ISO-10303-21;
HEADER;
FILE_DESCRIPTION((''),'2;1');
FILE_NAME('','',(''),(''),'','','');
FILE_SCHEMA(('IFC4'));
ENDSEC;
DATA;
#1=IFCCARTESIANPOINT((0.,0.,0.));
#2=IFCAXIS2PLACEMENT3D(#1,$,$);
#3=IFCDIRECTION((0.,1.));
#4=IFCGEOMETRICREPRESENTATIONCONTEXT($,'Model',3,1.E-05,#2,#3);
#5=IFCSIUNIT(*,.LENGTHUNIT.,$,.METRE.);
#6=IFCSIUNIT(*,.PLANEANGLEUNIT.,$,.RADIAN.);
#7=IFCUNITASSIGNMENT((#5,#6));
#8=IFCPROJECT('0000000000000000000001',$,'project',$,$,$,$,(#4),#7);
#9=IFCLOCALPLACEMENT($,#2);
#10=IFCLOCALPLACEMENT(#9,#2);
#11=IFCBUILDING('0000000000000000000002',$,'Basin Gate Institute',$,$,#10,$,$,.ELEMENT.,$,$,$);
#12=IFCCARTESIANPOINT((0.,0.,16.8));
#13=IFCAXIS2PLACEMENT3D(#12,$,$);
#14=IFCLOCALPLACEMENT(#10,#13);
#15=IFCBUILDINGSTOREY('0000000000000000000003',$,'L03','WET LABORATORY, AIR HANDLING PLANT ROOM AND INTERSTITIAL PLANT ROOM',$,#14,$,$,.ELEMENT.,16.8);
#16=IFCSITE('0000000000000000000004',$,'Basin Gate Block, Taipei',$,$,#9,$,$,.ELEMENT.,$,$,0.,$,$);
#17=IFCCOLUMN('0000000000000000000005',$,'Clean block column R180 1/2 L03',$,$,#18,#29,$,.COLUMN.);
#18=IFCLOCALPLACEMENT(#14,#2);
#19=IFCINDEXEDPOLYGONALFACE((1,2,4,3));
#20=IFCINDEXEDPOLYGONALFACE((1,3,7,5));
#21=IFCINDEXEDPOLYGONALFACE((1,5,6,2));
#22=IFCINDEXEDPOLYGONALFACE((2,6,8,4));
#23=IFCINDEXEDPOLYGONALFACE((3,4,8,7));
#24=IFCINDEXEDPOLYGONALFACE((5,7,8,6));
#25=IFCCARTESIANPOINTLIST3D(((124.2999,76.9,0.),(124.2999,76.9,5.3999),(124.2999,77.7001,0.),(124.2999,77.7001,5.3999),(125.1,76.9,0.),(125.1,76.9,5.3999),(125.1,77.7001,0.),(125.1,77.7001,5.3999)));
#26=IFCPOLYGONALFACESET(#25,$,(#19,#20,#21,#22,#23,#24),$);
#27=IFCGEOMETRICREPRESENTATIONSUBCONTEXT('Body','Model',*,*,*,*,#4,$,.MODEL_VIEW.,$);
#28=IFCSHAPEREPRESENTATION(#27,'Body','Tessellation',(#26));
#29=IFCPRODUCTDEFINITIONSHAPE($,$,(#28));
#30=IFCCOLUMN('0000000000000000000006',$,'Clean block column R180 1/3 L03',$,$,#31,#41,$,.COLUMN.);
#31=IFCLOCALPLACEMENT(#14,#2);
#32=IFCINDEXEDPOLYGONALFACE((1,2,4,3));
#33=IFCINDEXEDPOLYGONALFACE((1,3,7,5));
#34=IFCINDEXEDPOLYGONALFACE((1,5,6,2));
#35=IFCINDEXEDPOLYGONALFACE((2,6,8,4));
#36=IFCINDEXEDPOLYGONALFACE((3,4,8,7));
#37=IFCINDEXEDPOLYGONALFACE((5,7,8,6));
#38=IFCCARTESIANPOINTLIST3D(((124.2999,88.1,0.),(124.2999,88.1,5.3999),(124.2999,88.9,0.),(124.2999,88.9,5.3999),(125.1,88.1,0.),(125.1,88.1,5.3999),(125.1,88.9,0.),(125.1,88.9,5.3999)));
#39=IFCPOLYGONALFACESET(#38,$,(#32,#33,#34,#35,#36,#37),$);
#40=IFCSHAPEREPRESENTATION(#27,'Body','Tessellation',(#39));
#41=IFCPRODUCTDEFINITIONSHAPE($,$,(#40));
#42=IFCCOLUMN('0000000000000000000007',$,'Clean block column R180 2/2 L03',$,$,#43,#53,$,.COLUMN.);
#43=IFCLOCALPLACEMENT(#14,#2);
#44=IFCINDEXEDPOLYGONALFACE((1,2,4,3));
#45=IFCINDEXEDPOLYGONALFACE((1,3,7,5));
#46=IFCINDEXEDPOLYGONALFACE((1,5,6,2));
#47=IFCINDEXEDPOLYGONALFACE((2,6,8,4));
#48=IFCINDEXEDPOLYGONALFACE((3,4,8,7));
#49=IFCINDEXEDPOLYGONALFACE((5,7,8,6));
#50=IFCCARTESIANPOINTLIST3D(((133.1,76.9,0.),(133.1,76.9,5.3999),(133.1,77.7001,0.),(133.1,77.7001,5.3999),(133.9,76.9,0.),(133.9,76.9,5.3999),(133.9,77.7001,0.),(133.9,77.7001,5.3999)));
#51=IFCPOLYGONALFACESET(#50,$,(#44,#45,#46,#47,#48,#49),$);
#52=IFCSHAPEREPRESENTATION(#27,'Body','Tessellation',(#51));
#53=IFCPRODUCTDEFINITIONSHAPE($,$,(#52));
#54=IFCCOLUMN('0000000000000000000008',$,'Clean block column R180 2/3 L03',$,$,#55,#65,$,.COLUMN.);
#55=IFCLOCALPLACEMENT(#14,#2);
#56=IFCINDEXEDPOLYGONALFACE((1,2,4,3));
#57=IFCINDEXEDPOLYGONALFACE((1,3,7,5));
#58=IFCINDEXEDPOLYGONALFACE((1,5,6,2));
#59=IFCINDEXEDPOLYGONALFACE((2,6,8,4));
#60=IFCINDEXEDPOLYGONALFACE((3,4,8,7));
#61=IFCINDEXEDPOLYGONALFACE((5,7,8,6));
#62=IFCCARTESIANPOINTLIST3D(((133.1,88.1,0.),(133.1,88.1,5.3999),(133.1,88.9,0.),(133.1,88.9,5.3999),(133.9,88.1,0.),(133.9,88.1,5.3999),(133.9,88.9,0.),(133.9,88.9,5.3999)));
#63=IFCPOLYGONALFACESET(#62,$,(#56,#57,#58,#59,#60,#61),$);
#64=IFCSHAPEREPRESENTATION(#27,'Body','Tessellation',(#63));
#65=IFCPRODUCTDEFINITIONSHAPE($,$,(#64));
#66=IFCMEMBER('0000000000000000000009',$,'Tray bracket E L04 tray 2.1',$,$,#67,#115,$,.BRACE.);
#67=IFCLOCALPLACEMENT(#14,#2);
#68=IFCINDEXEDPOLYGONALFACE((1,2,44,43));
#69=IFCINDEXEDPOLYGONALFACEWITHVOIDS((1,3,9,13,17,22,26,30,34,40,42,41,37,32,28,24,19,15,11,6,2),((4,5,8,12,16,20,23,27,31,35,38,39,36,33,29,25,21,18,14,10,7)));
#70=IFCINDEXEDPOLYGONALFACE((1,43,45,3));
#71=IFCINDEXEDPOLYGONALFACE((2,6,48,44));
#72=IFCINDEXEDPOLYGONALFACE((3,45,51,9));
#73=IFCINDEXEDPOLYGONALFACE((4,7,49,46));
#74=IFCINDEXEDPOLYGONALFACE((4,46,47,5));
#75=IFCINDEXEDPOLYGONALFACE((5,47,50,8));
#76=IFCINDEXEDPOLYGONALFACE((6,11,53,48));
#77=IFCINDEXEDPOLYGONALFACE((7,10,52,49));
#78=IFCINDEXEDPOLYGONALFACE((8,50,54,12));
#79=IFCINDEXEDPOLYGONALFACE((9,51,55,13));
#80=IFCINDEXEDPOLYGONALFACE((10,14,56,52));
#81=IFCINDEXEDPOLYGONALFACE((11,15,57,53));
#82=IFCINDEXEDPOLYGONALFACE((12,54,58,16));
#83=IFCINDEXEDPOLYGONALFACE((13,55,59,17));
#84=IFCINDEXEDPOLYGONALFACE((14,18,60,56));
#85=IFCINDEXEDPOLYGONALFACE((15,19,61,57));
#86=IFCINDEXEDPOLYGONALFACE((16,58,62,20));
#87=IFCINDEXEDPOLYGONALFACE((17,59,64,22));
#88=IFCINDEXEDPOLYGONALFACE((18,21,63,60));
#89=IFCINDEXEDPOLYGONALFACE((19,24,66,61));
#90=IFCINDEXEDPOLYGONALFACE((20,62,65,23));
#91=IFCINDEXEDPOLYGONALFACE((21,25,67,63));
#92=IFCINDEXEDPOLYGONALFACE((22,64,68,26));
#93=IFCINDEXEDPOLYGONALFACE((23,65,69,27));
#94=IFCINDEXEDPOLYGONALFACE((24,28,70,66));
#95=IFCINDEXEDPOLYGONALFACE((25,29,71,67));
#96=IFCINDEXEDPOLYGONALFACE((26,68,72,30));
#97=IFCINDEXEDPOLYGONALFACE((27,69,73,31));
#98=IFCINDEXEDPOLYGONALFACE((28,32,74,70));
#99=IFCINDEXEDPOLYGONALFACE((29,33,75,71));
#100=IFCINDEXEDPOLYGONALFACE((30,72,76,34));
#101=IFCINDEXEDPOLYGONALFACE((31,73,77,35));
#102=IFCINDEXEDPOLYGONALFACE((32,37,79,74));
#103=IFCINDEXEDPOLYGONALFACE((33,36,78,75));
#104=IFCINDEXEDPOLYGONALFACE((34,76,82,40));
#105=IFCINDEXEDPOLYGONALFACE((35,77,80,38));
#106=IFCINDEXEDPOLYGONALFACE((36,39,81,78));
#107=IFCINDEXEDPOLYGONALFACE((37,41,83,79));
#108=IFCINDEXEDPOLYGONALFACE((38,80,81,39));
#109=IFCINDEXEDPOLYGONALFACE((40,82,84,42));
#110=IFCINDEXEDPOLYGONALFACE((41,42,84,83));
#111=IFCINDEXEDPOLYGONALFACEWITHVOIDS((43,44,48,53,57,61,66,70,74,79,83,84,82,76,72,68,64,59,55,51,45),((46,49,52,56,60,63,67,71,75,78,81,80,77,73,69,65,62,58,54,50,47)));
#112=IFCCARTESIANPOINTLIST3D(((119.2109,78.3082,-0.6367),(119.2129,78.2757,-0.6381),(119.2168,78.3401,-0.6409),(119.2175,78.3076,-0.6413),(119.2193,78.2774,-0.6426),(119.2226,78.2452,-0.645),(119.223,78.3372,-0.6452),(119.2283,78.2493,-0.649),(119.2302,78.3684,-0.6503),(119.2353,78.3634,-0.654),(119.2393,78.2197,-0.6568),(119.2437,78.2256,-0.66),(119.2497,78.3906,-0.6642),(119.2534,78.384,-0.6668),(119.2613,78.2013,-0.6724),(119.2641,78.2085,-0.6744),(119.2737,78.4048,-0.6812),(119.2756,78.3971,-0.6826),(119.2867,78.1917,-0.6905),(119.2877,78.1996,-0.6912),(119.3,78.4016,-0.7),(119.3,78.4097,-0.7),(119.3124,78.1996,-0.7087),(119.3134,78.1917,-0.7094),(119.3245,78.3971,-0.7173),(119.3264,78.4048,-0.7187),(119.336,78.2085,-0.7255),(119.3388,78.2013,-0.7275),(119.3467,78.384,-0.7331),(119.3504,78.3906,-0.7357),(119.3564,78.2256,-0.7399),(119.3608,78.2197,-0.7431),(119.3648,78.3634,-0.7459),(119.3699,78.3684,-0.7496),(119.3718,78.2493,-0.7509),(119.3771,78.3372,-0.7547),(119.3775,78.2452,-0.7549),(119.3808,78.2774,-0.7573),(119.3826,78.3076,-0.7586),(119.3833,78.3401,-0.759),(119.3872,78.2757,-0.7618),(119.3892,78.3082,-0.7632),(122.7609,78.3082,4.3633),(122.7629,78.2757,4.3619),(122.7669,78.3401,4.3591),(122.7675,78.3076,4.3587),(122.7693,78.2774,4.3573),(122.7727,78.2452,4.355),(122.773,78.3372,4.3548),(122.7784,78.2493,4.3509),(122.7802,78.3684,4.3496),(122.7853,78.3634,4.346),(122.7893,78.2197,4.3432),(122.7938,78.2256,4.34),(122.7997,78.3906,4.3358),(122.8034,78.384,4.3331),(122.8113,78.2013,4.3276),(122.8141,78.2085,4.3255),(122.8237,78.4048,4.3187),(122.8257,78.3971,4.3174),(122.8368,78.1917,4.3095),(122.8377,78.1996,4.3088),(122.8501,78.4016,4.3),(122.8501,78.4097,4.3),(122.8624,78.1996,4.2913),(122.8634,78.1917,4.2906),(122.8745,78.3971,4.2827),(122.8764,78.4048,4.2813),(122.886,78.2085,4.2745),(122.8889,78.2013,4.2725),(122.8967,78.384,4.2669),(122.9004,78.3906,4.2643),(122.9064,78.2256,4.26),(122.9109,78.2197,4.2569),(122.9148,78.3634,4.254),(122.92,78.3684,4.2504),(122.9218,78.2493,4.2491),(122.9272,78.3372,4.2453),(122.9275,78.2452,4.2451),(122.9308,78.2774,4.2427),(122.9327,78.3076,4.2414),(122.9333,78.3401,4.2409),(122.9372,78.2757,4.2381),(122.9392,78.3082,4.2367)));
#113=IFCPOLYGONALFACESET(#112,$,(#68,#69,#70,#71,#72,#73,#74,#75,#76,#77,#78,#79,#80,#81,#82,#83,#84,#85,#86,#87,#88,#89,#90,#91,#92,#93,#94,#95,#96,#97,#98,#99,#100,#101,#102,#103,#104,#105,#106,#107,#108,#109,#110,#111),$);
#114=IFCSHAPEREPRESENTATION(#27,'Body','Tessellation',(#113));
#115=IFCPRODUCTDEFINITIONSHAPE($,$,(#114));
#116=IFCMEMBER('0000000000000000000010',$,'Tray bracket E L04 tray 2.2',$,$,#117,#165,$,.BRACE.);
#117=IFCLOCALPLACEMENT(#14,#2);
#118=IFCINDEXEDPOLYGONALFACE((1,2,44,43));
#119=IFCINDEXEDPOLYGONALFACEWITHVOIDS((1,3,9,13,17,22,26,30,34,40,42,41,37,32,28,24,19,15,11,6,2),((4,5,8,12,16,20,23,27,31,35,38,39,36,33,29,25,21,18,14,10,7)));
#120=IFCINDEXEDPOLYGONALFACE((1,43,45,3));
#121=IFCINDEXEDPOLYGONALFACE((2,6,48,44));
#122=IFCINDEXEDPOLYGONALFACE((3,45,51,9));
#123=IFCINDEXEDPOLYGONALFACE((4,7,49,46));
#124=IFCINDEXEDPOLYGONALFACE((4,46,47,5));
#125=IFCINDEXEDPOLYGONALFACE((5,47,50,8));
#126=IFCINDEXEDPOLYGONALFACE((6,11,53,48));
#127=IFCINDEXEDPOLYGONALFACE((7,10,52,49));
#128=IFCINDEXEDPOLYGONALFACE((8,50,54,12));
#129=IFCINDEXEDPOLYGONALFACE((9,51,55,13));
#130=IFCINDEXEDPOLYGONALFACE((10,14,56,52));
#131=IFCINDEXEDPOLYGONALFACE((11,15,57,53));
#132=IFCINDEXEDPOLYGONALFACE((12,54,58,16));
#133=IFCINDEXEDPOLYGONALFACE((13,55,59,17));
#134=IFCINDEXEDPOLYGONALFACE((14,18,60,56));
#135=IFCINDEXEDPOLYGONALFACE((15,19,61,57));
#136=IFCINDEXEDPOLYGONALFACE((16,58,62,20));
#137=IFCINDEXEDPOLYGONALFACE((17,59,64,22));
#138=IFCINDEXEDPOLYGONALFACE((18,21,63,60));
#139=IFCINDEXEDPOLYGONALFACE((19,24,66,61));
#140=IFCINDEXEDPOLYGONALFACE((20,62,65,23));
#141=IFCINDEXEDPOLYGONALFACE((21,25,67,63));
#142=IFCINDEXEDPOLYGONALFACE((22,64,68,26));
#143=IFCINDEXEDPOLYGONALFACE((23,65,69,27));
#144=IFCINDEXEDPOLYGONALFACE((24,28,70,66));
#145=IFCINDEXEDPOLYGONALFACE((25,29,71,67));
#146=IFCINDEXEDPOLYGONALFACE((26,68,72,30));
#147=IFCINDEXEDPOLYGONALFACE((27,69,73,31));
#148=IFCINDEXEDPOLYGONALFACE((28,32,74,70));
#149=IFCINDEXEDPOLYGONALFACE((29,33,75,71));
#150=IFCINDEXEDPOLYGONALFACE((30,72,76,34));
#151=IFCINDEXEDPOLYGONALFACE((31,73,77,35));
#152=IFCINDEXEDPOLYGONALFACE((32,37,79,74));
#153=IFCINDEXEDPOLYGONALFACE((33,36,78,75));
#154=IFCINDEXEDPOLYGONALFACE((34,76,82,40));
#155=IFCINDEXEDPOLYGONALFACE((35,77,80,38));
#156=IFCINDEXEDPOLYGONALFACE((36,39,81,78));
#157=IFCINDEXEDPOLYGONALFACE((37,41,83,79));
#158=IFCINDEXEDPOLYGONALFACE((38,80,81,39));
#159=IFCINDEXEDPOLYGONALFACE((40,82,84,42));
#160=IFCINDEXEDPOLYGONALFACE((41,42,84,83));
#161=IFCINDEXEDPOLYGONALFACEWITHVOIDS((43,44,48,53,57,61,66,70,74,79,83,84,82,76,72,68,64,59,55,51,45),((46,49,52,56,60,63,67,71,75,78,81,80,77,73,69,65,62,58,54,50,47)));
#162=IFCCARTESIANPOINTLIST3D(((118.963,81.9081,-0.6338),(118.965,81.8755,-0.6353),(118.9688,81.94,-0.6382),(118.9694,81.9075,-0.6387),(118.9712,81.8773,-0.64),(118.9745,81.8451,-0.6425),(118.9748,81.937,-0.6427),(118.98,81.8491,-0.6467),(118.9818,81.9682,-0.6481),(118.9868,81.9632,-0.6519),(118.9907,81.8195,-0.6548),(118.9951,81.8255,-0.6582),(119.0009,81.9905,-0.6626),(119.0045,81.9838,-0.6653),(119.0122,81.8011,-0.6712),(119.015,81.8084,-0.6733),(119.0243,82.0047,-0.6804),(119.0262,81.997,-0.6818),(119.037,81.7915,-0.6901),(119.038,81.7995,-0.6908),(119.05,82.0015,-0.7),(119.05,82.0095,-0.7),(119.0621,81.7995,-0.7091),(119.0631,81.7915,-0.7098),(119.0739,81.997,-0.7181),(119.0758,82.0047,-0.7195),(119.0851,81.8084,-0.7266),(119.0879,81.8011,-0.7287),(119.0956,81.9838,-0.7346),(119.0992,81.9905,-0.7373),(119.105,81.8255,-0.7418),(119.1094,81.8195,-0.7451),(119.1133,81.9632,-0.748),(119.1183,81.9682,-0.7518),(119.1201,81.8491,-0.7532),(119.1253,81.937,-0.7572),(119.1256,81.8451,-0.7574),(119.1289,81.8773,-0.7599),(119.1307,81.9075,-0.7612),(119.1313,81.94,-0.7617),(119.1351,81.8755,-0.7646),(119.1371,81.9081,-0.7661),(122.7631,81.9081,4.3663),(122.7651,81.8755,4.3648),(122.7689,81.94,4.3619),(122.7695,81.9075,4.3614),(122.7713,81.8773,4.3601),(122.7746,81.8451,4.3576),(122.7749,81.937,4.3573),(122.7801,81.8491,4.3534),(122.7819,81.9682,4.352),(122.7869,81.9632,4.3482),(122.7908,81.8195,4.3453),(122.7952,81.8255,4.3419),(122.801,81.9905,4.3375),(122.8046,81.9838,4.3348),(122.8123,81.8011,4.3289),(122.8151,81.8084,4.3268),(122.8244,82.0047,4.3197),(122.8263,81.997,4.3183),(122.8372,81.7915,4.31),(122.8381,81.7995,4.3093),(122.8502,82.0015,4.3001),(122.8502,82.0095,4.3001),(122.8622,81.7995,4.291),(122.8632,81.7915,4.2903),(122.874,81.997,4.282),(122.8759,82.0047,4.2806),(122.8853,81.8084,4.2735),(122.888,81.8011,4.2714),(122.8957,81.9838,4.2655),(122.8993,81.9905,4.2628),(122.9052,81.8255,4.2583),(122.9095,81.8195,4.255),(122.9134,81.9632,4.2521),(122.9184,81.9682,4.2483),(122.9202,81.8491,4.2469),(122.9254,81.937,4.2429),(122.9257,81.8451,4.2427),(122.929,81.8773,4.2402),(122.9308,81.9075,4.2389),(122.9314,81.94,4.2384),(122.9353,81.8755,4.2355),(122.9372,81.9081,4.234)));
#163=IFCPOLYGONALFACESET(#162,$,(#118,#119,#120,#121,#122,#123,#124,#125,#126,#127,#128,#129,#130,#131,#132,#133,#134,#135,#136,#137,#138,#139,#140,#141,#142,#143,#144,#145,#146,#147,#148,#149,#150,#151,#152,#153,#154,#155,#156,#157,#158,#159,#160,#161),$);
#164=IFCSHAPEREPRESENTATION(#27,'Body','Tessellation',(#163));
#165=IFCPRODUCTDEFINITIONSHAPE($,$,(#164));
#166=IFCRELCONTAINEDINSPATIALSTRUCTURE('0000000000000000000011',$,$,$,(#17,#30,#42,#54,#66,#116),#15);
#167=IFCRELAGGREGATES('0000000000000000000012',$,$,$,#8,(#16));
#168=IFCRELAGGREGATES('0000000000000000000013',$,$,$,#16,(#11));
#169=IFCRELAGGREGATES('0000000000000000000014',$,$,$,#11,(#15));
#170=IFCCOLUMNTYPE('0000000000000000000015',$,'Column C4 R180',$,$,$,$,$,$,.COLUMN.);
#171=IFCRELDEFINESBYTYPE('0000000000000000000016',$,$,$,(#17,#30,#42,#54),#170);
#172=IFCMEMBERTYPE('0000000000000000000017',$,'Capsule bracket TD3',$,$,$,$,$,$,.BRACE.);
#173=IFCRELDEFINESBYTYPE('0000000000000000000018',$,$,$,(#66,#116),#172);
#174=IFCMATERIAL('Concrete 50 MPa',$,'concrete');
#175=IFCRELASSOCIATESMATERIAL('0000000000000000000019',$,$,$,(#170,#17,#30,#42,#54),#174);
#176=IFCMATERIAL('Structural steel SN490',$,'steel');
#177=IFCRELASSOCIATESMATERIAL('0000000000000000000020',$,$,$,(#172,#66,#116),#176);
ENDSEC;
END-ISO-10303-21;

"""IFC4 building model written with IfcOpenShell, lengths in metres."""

from ifc_helpers import new_model, si_unit, direction, frame, origin, origin_2d, place, context, subcontext, project, spatial, rectangle, hollow_circle, extrude, material, material_profile, profile_set, type_object, element, save


model = new_model("IFC4")

# Units and contexts
model_context = context("Model", 3, precision=1e-05, world=origin(), true_north=direction((0.0, 1.0)))
body_context = subcontext(model_context, "Body", "Model", "MODEL_VIEW")
ifc_project = project(units=[si_unit("LENGTHUNIT", "METRE"), si_unit("PLANEANGLEUNIT", "RADIAN")], contexts=[model_context])

# Site, building, storey
site_placement = place(None, origin())
site = spatial("IfcSite", under=ifc_project, at=site_placement, Name="Basin Gate Block, Taipei", CompositionType="ELEMENT", RefElevation=0.0)
building_placement = place(site_placement, origin())
building = spatial("IfcBuilding", under=site, at=building_placement, Name="Basin Gate Institute", CompositionType="ELEMENT")
storey_placement = place(building_placement, frame((0.0, 0.0, 16.8)))
storey = spatial("IfcBuildingStorey", under=building, at=storey_placement, Name="L03", Description="WET LABORATORY, AIR HANDLING PLANT ROOM AND INTERSTITIAL PLANT ROOM", CompositionType="ELEMENT", Elevation=16.8)

# Columns
ifc_material_1 = material(Name="Concrete 50 MPa", Category="concrete")
ifc_material_profile_1 = material_profile(ifc_material_1, rectangle(XDim=0.8, YDim=0.8, at=origin_2d()), Name="Column C4 800 x 800")
ifc_profile_set_1 = profile_set([ifc_material_profile_1], Name="Concrete 50 MPa")
column_type = type_object("IfcColumnType", Name="Column C4 R180", PredefinedType="COLUMN", material=ifc_profile_set_1)
for number, where, z_axis, x_axis, name in (
    (1, (124.7, 77.3, 0.0), (0.0, 0.0, 1.0), (1.0, 0.0, 0.0), "Clean block column R180 1/2 L03"),
    (2, (124.7, 88.5, 0.0), (0.0, 0.0, 1.0), (1.0, 0.0, 0.0), "Clean block column R180 1/3 L03"),
    (3, (133.5, 77.3, 0.0), (0.0, 0.0, 1.0), (1.0, 0.0, 0.0), "Clean block column R180 2/2 L03"),
    (4, (133.5, 88.5, 0.0), (0.0, 0.0, 1.0), (1.0, 0.0, 0.0), "Clean block column R180 2/3 L03"),
):
    element("IfcColumn", number, at=place(storey_placement, frame(where, z_axis=z_axis, x_axis=x_axis)), inside=storey, type_object=column_type, material=ifc_profile_set_1, Name=name, PredefinedType="COLUMN", context=body_context, shape_type="SweptSolid", body=[
        extrude(rectangle(XDim=0.8, YDim=0.8, at=origin_2d()), origin(), (0.0, 0.0, 1.0), 5.3999),
    ])

# Members
ifc_material_2 = material(Name="Structural steel SN490", Category="steel")
ifc_material_profile_2 = material_profile(ifc_material_2, hollow_circle(Radius=0.1096, WallThickness=0.0081, at=origin_2d()), Name="CHS219x8")
ifc_profile_set_2 = profile_set([ifc_material_profile_2], Name="Structural steel SN490")
member_type_1 = type_object("IfcMemberType", Name="Capsule bracket TD3", PredefinedType="BRACE", material=ifc_profile_set_2)
member_placement = place(storey_placement, frame((119.3, 78.3, -0.7), z_axis=(0.578927, 0.0, 0.815379), x_axis=(0.0, 1.0, 0.0)))
element("IfcMember", 5, at=member_placement, inside=storey, type_object=member_type_1, material=ifc_profile_set_2, Name="Tray bracket E L04 tray 2.1", PredefinedType="BRACE", context=body_context, shape_type="SweptSolid", body=[
    extrude(hollow_circle(Radius=0.1096, WallThickness=0.0081, at=origin_2d()), origin(), (0.0, 0.0, 1.0), 6.1321),
])
for number, where, z_axis, x_axis, name in (
    (6, (119.05, 81.8999, -0.7), (0.605088, 0.0, 0.796158), (0.0, 1.0, 0.0), "Tray bracket E L04 tray 2.2"),
):
    element("IfcMember", number, at=place(storey_placement, frame(where, z_axis=z_axis, x_axis=x_axis)), inside=storey, type_object=member_type_1, material=ifc_profile_set_2, Name=name, PredefinedType="BRACE", context=body_context, shape_type="SweptSolid", body=[
        extrude(hollow_circle(Radius=0.1096, WallThickness=0.0081, at=origin_2d()), origin(), (0.0, 0.0, 1.0), 6.2803),
    ])

save(model, "model.ifc")
